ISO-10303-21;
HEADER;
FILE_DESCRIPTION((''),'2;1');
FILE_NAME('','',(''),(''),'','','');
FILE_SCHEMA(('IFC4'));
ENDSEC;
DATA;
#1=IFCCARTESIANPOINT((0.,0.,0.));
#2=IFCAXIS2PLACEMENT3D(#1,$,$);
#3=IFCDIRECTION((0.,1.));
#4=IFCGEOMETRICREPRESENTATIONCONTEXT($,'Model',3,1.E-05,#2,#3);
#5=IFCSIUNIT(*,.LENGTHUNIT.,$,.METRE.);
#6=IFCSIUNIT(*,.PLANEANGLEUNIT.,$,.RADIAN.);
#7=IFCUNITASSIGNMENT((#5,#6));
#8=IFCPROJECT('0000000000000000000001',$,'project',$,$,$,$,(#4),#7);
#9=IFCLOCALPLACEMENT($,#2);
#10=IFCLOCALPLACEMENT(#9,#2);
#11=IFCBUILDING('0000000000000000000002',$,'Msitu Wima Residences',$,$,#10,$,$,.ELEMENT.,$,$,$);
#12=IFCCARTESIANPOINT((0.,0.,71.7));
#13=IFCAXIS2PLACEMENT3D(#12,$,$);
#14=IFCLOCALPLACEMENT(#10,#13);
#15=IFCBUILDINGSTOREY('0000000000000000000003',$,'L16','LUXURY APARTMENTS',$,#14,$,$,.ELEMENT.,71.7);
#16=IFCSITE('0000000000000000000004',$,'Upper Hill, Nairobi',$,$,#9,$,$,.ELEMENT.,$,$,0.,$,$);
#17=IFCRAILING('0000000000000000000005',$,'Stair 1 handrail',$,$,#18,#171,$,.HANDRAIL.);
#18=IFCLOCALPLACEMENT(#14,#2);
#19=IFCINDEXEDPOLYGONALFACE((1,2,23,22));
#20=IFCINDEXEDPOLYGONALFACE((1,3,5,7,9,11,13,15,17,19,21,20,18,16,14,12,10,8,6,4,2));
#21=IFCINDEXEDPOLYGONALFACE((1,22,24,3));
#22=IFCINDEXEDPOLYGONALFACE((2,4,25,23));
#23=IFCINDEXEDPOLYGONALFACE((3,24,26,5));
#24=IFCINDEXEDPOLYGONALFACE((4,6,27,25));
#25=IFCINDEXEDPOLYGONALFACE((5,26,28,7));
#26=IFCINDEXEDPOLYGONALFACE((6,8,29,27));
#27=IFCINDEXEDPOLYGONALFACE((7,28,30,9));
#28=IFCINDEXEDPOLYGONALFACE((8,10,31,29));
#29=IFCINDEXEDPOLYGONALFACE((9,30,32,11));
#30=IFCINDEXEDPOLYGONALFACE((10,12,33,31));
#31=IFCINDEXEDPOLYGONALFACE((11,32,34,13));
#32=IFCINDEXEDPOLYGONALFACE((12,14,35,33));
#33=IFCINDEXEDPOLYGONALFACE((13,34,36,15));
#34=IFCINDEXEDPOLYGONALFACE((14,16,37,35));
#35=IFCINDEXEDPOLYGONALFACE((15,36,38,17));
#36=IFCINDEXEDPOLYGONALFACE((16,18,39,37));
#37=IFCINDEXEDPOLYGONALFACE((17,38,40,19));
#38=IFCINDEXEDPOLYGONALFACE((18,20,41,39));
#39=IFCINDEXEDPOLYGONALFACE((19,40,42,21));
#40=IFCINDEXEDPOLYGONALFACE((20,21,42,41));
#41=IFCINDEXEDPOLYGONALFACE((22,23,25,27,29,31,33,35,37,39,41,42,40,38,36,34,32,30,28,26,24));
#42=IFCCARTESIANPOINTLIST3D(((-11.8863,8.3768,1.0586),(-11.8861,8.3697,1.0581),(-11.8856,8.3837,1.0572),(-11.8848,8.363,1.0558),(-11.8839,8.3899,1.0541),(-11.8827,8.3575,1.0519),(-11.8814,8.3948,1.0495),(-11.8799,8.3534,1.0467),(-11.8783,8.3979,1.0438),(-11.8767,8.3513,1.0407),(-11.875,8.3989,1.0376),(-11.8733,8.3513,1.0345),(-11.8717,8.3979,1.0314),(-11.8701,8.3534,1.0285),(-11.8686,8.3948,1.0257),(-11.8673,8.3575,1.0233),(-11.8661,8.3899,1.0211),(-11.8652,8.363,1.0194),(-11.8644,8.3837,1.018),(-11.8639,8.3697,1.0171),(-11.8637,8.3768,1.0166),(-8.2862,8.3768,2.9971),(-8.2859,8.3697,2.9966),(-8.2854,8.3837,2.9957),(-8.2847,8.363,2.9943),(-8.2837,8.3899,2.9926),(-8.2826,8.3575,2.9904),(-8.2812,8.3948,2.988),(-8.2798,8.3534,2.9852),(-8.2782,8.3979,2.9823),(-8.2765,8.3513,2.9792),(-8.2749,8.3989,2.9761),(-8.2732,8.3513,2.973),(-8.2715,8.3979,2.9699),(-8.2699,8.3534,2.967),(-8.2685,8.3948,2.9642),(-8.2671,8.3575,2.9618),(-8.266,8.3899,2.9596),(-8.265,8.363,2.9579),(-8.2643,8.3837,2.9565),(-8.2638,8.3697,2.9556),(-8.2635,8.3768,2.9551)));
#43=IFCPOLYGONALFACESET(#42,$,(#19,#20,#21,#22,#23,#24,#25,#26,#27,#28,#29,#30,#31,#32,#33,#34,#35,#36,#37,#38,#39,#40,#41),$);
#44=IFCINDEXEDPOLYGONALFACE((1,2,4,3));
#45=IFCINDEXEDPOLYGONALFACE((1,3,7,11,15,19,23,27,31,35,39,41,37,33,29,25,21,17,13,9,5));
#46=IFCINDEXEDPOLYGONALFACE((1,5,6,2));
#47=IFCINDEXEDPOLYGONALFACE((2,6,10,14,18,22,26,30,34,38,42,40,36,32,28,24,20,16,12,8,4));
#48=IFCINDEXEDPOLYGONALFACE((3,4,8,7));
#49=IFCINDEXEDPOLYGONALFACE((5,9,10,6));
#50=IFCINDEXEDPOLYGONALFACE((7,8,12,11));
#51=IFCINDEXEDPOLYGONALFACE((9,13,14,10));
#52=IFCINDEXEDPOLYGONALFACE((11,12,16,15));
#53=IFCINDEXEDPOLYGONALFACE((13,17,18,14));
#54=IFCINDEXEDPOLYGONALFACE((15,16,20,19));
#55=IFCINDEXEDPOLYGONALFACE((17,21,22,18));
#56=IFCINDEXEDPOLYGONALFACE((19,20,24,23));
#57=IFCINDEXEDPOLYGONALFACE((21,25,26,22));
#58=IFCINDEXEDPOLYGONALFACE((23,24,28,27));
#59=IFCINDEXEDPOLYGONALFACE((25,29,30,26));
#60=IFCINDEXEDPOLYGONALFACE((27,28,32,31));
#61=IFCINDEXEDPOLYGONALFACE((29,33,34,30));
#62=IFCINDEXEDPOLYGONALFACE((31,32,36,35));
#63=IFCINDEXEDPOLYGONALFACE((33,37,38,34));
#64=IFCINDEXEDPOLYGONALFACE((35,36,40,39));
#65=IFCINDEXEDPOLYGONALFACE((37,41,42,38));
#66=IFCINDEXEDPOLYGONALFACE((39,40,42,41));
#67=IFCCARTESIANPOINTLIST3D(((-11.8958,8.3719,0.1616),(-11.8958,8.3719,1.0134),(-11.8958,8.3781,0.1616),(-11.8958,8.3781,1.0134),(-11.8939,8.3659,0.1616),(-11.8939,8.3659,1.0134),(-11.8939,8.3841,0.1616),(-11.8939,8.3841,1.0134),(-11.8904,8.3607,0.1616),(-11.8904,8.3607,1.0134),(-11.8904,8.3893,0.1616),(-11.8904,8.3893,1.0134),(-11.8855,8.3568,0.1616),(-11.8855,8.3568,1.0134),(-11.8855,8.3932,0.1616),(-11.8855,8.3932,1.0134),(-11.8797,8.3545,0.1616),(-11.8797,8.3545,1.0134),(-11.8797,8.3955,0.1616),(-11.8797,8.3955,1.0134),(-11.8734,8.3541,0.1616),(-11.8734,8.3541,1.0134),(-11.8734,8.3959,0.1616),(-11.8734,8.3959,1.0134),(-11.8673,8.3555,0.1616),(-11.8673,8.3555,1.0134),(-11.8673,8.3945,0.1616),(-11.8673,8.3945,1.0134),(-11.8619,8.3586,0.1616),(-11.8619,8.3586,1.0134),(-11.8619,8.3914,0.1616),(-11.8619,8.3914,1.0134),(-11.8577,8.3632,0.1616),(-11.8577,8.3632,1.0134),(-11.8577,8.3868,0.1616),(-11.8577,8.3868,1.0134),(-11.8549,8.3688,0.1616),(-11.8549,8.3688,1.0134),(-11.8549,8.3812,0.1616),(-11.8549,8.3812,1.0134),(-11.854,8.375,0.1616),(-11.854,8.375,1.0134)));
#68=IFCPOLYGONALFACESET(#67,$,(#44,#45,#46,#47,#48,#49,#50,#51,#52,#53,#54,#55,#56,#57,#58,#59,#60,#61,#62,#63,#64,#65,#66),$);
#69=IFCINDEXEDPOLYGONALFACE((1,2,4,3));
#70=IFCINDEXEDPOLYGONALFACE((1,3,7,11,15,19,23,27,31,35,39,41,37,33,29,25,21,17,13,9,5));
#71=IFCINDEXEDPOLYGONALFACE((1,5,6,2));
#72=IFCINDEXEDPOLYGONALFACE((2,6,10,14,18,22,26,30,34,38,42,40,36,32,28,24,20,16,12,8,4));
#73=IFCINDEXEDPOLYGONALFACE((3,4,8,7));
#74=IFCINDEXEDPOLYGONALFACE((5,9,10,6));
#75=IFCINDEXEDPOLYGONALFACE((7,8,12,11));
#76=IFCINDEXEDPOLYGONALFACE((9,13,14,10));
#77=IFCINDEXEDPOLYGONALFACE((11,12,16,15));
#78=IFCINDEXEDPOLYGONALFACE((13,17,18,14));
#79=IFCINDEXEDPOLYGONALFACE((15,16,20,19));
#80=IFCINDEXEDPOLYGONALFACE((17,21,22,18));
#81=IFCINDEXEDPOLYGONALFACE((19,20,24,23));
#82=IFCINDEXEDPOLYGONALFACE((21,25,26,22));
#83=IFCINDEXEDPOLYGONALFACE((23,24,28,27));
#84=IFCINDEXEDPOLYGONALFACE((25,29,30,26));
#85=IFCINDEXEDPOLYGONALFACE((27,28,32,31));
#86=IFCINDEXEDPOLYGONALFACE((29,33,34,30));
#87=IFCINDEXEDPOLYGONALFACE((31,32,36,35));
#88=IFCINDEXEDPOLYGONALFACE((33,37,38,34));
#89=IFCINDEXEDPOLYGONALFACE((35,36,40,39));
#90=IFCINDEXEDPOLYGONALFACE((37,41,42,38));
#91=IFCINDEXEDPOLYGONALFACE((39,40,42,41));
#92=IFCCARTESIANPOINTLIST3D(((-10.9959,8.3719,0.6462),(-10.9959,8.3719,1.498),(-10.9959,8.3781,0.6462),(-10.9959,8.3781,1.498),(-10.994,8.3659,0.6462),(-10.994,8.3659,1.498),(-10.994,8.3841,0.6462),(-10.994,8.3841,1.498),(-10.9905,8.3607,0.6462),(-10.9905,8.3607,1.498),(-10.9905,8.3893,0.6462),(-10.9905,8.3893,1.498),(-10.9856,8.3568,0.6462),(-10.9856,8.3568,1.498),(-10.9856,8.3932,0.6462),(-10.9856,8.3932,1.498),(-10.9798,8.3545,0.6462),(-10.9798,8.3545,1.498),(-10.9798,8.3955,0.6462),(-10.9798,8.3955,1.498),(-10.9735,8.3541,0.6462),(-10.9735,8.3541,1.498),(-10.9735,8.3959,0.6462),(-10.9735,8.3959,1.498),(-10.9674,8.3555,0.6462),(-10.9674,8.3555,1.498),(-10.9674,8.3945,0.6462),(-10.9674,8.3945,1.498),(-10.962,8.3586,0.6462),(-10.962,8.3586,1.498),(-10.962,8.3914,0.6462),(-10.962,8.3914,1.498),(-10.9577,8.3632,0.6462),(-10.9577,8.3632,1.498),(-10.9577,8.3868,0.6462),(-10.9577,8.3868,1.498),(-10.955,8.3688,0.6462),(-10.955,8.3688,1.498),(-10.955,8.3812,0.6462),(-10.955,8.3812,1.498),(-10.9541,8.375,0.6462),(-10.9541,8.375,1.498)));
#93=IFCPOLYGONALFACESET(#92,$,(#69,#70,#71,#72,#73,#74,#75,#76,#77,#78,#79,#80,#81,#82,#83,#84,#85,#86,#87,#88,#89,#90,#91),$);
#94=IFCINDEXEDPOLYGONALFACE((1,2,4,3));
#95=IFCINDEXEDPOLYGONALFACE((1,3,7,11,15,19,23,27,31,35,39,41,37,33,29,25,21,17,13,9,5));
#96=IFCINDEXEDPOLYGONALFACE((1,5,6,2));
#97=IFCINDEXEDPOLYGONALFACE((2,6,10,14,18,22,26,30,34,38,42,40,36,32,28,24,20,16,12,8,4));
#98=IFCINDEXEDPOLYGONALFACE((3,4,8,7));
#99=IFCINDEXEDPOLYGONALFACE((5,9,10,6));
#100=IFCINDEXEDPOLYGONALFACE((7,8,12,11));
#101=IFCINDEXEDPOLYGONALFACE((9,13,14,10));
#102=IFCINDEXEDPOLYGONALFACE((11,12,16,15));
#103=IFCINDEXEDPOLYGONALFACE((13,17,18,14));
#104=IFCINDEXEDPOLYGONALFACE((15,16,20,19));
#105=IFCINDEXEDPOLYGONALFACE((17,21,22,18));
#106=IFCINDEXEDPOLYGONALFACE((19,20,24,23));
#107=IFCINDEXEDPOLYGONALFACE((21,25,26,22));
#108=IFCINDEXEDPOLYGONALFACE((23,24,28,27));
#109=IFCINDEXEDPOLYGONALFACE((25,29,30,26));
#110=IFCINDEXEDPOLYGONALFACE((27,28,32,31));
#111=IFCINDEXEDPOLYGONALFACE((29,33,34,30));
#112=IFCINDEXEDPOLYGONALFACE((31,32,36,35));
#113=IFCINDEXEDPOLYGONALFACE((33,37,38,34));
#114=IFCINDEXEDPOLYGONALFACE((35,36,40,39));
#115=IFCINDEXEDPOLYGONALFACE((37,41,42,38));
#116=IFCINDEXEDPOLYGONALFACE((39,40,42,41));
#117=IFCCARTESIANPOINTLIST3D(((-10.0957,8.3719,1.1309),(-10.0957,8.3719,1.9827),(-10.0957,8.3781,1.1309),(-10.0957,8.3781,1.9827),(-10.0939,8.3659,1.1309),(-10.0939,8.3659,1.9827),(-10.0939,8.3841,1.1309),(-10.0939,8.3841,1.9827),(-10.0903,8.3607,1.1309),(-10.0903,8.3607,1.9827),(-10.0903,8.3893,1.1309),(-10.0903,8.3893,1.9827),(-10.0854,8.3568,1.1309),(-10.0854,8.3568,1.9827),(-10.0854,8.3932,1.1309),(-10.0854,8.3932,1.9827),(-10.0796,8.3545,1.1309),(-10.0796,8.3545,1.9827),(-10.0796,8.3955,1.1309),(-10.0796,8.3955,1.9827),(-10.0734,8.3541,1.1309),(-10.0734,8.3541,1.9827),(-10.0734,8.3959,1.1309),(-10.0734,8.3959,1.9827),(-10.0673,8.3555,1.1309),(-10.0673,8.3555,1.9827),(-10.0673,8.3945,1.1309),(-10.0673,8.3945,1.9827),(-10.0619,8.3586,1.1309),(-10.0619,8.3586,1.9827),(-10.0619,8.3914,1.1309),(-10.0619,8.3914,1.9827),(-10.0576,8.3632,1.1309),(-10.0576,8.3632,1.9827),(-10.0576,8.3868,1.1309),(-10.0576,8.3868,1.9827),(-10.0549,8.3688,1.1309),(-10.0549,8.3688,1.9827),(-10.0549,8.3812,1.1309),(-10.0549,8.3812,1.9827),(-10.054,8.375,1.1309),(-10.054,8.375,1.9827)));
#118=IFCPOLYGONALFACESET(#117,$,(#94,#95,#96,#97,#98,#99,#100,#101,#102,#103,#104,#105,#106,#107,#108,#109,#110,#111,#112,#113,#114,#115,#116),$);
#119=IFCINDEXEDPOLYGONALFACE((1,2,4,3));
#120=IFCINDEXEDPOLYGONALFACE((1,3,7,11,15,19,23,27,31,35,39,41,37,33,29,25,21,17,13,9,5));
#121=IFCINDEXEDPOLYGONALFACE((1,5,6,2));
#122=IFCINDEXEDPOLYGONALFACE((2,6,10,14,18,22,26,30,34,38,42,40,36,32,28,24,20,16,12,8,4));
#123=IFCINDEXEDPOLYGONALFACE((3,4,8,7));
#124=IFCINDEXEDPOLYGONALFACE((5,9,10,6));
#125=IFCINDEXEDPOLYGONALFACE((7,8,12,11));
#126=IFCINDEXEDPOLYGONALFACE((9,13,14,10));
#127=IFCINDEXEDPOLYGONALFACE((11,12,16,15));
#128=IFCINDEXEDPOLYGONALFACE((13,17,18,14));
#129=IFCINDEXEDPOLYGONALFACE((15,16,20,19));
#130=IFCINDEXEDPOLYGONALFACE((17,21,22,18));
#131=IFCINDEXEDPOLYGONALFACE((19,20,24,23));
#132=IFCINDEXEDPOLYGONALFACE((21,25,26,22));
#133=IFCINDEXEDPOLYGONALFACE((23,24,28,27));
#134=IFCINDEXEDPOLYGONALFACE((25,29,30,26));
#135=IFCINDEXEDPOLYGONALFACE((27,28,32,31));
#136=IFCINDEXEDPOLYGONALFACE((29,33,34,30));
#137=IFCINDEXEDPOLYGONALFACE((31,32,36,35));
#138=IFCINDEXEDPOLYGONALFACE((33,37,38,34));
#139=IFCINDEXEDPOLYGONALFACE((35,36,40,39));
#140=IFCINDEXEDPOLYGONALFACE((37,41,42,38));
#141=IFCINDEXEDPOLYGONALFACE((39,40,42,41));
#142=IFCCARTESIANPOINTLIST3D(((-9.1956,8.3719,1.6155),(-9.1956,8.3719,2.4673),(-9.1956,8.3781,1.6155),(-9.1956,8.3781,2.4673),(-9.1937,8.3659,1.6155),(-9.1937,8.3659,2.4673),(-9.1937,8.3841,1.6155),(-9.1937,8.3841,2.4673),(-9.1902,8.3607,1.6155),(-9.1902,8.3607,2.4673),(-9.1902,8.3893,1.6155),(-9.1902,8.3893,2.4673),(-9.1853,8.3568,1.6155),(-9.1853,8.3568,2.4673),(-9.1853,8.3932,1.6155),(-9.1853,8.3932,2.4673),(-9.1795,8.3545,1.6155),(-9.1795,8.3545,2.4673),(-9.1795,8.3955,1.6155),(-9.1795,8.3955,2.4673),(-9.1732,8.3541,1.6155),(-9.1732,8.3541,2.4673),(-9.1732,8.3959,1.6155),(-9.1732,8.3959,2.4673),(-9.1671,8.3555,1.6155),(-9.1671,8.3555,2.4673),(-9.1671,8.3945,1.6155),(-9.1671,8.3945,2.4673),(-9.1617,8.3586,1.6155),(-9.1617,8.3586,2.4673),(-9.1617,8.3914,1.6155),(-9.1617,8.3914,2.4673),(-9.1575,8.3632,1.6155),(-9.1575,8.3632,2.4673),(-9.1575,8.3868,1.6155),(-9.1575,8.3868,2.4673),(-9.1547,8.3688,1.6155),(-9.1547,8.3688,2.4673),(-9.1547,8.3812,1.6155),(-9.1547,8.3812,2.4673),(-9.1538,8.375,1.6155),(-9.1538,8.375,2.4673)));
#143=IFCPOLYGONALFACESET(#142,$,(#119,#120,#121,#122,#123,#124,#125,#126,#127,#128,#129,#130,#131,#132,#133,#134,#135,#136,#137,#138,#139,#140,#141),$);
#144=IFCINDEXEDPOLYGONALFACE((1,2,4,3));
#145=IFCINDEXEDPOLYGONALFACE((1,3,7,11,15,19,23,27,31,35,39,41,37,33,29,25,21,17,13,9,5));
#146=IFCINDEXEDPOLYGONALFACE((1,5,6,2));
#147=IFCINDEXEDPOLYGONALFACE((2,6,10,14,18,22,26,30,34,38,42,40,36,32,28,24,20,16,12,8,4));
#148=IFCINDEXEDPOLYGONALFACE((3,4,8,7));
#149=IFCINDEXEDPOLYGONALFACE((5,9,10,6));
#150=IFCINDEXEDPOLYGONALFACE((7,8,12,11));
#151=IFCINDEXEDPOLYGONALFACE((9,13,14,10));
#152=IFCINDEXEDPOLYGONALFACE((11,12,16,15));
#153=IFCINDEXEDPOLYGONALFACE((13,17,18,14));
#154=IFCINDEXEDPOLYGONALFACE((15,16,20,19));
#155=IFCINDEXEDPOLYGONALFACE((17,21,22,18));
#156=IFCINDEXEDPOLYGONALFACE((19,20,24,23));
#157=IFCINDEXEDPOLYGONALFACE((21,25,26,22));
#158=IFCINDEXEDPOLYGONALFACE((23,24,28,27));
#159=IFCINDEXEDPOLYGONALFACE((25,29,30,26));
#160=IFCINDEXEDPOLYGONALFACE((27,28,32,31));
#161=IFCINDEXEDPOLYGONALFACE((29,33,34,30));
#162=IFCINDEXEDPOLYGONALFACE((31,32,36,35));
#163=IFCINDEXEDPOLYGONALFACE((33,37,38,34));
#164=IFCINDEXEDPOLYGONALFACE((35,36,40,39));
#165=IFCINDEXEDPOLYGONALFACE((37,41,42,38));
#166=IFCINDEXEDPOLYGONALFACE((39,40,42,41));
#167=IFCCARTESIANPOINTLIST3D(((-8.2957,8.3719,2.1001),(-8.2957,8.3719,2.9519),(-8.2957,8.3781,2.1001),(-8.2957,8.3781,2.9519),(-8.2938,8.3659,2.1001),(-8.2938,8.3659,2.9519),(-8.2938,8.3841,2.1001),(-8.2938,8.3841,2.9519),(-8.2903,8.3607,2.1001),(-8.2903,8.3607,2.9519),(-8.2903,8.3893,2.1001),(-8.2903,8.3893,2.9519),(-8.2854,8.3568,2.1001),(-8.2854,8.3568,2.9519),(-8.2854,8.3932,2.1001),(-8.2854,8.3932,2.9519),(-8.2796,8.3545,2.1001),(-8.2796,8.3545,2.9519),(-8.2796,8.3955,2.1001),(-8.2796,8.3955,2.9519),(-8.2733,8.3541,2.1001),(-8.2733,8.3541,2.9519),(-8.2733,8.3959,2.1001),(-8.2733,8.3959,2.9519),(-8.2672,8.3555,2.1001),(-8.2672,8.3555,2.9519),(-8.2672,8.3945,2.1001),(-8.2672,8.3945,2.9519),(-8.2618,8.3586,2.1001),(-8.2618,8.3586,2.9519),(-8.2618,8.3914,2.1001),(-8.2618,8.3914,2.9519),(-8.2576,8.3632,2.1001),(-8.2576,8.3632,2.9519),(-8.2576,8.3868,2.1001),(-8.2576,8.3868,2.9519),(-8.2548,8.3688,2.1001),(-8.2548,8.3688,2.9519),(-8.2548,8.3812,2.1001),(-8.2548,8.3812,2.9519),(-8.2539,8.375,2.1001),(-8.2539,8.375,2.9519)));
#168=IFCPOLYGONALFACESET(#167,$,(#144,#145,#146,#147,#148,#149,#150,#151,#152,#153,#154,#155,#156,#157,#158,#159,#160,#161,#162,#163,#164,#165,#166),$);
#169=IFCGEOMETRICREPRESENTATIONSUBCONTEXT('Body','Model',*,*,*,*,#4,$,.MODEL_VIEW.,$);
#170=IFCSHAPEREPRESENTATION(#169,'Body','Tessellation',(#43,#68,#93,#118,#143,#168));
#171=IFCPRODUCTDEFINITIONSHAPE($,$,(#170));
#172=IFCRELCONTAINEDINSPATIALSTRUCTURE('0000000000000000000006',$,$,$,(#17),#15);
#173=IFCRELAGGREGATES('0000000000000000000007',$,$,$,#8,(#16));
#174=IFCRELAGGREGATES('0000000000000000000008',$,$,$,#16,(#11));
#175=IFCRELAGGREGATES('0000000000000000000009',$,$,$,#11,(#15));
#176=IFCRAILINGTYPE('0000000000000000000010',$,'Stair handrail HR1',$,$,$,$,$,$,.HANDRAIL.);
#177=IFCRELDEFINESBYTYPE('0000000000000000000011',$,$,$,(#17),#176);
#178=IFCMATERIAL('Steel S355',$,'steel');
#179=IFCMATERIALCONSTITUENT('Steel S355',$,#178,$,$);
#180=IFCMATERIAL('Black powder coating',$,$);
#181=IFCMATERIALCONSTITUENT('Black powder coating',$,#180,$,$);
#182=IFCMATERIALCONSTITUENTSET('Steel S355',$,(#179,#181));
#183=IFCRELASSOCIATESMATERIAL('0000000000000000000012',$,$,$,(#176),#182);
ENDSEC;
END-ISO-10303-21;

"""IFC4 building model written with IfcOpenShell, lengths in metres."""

from ifc_helpers import new_model, si_unit, direction, frame, origin, origin_2d, place, context, subcontext, project, spatial, circle, extrude, material, constituent, constituent_set, type_object, element, save


model = new_model("IFC4")

# Units and contexts
model_context = context("Model", 3, precision=1e-05, world=origin(), true_north=direction((0.0, 1.0)))
body_context = subcontext(model_context, "Body", "Model", "MODEL_VIEW")
ifc_project = project(units=[si_unit("LENGTHUNIT", "METRE"), si_unit("PLANEANGLEUNIT", "RADIAN")], contexts=[model_context])

# Site, building, storey
site_placement = place(None, origin())
site = spatial("IfcSite", under=ifc_project, at=site_placement, Name="Upper Hill, Nairobi", CompositionType="ELEMENT", RefElevation=0.0)
building_placement = place(site_placement, origin())
building = spatial("IfcBuilding", under=site, at=building_placement, Name="Msitu Wima Residences", CompositionType="ELEMENT")
storey_placement = place(building_placement, frame((0.0, 0.0, 71.7)))
storey = spatial("IfcBuildingStorey", under=building, at=storey_placement, Name="L16", Description="LUXURY APARTMENTS", CompositionType="ELEMENT", Elevation=71.7)

# Railing
ifc_material_1 = material(Name="Steel S355", Category="steel")
ifc_constituent_1 = constituent(ifc_material_1, Name="Steel S355")
ifc_material_2 = material(Name="Black powder coating")
ifc_constituent_2 = constituent(ifc_material_2, Name="Black powder coating")
ifc_constituent_set = constituent_set(constituents=[ifc_constituent_1, ifc_constituent_2], Name="Steel S355")
railing_type = type_object("IfcRailingType", Name="Stair handrail HR1", PredefinedType="HANDRAIL", material=ifc_constituent_set)
for number, where, name in (
    (1, (-11.875, 8.375, 0.1616), "Stair 1 handrail"),
):
    element("IfcRailing", number, at=place(storey_placement, frame(where)), inside=storey, type_object=railing_type, Name=name, PredefinedType="HANDRAIL", context=body_context, shape_type="SweptSolid", body=[
        extrude(circle(Radius=0.0239, at=origin_2d()), frame((0.0, 0.0, 0.876), z_axis=(0.880475, 0.0, 0.474093), x_axis=(0.0, 1.0, 0.0)), (0.0, 0.0, 1.0), 4.0889),
        extrude(circle(Radius=0.021, at=origin_2d()), origin(), (0.0, 0.0, 1.0), 0.8518),
        extrude(circle(Radius=0.021, at=origin_2d()), frame((0.8999, 0.0, 0.4846)), (0.0, 0.0, 1.0), 0.8518),
        extrude(circle(Radius=0.021, at=origin_2d()), frame((1.8, 0.0, 0.9692)), (0.0, 0.0, 1.0), 0.8518),
        extrude(circle(Radius=0.021, at=origin_2d()), frame((2.7002, 0.0, 1.4539)), (0.0, 0.0, 1.0), 0.8518),
        extrude(circle(Radius=0.021, at=origin_2d()), frame((3.6001, 0.0, 1.9385)), (0.0, 0.0, 1.0), 0.8518),
    ])

save(model, "model.ifc")
